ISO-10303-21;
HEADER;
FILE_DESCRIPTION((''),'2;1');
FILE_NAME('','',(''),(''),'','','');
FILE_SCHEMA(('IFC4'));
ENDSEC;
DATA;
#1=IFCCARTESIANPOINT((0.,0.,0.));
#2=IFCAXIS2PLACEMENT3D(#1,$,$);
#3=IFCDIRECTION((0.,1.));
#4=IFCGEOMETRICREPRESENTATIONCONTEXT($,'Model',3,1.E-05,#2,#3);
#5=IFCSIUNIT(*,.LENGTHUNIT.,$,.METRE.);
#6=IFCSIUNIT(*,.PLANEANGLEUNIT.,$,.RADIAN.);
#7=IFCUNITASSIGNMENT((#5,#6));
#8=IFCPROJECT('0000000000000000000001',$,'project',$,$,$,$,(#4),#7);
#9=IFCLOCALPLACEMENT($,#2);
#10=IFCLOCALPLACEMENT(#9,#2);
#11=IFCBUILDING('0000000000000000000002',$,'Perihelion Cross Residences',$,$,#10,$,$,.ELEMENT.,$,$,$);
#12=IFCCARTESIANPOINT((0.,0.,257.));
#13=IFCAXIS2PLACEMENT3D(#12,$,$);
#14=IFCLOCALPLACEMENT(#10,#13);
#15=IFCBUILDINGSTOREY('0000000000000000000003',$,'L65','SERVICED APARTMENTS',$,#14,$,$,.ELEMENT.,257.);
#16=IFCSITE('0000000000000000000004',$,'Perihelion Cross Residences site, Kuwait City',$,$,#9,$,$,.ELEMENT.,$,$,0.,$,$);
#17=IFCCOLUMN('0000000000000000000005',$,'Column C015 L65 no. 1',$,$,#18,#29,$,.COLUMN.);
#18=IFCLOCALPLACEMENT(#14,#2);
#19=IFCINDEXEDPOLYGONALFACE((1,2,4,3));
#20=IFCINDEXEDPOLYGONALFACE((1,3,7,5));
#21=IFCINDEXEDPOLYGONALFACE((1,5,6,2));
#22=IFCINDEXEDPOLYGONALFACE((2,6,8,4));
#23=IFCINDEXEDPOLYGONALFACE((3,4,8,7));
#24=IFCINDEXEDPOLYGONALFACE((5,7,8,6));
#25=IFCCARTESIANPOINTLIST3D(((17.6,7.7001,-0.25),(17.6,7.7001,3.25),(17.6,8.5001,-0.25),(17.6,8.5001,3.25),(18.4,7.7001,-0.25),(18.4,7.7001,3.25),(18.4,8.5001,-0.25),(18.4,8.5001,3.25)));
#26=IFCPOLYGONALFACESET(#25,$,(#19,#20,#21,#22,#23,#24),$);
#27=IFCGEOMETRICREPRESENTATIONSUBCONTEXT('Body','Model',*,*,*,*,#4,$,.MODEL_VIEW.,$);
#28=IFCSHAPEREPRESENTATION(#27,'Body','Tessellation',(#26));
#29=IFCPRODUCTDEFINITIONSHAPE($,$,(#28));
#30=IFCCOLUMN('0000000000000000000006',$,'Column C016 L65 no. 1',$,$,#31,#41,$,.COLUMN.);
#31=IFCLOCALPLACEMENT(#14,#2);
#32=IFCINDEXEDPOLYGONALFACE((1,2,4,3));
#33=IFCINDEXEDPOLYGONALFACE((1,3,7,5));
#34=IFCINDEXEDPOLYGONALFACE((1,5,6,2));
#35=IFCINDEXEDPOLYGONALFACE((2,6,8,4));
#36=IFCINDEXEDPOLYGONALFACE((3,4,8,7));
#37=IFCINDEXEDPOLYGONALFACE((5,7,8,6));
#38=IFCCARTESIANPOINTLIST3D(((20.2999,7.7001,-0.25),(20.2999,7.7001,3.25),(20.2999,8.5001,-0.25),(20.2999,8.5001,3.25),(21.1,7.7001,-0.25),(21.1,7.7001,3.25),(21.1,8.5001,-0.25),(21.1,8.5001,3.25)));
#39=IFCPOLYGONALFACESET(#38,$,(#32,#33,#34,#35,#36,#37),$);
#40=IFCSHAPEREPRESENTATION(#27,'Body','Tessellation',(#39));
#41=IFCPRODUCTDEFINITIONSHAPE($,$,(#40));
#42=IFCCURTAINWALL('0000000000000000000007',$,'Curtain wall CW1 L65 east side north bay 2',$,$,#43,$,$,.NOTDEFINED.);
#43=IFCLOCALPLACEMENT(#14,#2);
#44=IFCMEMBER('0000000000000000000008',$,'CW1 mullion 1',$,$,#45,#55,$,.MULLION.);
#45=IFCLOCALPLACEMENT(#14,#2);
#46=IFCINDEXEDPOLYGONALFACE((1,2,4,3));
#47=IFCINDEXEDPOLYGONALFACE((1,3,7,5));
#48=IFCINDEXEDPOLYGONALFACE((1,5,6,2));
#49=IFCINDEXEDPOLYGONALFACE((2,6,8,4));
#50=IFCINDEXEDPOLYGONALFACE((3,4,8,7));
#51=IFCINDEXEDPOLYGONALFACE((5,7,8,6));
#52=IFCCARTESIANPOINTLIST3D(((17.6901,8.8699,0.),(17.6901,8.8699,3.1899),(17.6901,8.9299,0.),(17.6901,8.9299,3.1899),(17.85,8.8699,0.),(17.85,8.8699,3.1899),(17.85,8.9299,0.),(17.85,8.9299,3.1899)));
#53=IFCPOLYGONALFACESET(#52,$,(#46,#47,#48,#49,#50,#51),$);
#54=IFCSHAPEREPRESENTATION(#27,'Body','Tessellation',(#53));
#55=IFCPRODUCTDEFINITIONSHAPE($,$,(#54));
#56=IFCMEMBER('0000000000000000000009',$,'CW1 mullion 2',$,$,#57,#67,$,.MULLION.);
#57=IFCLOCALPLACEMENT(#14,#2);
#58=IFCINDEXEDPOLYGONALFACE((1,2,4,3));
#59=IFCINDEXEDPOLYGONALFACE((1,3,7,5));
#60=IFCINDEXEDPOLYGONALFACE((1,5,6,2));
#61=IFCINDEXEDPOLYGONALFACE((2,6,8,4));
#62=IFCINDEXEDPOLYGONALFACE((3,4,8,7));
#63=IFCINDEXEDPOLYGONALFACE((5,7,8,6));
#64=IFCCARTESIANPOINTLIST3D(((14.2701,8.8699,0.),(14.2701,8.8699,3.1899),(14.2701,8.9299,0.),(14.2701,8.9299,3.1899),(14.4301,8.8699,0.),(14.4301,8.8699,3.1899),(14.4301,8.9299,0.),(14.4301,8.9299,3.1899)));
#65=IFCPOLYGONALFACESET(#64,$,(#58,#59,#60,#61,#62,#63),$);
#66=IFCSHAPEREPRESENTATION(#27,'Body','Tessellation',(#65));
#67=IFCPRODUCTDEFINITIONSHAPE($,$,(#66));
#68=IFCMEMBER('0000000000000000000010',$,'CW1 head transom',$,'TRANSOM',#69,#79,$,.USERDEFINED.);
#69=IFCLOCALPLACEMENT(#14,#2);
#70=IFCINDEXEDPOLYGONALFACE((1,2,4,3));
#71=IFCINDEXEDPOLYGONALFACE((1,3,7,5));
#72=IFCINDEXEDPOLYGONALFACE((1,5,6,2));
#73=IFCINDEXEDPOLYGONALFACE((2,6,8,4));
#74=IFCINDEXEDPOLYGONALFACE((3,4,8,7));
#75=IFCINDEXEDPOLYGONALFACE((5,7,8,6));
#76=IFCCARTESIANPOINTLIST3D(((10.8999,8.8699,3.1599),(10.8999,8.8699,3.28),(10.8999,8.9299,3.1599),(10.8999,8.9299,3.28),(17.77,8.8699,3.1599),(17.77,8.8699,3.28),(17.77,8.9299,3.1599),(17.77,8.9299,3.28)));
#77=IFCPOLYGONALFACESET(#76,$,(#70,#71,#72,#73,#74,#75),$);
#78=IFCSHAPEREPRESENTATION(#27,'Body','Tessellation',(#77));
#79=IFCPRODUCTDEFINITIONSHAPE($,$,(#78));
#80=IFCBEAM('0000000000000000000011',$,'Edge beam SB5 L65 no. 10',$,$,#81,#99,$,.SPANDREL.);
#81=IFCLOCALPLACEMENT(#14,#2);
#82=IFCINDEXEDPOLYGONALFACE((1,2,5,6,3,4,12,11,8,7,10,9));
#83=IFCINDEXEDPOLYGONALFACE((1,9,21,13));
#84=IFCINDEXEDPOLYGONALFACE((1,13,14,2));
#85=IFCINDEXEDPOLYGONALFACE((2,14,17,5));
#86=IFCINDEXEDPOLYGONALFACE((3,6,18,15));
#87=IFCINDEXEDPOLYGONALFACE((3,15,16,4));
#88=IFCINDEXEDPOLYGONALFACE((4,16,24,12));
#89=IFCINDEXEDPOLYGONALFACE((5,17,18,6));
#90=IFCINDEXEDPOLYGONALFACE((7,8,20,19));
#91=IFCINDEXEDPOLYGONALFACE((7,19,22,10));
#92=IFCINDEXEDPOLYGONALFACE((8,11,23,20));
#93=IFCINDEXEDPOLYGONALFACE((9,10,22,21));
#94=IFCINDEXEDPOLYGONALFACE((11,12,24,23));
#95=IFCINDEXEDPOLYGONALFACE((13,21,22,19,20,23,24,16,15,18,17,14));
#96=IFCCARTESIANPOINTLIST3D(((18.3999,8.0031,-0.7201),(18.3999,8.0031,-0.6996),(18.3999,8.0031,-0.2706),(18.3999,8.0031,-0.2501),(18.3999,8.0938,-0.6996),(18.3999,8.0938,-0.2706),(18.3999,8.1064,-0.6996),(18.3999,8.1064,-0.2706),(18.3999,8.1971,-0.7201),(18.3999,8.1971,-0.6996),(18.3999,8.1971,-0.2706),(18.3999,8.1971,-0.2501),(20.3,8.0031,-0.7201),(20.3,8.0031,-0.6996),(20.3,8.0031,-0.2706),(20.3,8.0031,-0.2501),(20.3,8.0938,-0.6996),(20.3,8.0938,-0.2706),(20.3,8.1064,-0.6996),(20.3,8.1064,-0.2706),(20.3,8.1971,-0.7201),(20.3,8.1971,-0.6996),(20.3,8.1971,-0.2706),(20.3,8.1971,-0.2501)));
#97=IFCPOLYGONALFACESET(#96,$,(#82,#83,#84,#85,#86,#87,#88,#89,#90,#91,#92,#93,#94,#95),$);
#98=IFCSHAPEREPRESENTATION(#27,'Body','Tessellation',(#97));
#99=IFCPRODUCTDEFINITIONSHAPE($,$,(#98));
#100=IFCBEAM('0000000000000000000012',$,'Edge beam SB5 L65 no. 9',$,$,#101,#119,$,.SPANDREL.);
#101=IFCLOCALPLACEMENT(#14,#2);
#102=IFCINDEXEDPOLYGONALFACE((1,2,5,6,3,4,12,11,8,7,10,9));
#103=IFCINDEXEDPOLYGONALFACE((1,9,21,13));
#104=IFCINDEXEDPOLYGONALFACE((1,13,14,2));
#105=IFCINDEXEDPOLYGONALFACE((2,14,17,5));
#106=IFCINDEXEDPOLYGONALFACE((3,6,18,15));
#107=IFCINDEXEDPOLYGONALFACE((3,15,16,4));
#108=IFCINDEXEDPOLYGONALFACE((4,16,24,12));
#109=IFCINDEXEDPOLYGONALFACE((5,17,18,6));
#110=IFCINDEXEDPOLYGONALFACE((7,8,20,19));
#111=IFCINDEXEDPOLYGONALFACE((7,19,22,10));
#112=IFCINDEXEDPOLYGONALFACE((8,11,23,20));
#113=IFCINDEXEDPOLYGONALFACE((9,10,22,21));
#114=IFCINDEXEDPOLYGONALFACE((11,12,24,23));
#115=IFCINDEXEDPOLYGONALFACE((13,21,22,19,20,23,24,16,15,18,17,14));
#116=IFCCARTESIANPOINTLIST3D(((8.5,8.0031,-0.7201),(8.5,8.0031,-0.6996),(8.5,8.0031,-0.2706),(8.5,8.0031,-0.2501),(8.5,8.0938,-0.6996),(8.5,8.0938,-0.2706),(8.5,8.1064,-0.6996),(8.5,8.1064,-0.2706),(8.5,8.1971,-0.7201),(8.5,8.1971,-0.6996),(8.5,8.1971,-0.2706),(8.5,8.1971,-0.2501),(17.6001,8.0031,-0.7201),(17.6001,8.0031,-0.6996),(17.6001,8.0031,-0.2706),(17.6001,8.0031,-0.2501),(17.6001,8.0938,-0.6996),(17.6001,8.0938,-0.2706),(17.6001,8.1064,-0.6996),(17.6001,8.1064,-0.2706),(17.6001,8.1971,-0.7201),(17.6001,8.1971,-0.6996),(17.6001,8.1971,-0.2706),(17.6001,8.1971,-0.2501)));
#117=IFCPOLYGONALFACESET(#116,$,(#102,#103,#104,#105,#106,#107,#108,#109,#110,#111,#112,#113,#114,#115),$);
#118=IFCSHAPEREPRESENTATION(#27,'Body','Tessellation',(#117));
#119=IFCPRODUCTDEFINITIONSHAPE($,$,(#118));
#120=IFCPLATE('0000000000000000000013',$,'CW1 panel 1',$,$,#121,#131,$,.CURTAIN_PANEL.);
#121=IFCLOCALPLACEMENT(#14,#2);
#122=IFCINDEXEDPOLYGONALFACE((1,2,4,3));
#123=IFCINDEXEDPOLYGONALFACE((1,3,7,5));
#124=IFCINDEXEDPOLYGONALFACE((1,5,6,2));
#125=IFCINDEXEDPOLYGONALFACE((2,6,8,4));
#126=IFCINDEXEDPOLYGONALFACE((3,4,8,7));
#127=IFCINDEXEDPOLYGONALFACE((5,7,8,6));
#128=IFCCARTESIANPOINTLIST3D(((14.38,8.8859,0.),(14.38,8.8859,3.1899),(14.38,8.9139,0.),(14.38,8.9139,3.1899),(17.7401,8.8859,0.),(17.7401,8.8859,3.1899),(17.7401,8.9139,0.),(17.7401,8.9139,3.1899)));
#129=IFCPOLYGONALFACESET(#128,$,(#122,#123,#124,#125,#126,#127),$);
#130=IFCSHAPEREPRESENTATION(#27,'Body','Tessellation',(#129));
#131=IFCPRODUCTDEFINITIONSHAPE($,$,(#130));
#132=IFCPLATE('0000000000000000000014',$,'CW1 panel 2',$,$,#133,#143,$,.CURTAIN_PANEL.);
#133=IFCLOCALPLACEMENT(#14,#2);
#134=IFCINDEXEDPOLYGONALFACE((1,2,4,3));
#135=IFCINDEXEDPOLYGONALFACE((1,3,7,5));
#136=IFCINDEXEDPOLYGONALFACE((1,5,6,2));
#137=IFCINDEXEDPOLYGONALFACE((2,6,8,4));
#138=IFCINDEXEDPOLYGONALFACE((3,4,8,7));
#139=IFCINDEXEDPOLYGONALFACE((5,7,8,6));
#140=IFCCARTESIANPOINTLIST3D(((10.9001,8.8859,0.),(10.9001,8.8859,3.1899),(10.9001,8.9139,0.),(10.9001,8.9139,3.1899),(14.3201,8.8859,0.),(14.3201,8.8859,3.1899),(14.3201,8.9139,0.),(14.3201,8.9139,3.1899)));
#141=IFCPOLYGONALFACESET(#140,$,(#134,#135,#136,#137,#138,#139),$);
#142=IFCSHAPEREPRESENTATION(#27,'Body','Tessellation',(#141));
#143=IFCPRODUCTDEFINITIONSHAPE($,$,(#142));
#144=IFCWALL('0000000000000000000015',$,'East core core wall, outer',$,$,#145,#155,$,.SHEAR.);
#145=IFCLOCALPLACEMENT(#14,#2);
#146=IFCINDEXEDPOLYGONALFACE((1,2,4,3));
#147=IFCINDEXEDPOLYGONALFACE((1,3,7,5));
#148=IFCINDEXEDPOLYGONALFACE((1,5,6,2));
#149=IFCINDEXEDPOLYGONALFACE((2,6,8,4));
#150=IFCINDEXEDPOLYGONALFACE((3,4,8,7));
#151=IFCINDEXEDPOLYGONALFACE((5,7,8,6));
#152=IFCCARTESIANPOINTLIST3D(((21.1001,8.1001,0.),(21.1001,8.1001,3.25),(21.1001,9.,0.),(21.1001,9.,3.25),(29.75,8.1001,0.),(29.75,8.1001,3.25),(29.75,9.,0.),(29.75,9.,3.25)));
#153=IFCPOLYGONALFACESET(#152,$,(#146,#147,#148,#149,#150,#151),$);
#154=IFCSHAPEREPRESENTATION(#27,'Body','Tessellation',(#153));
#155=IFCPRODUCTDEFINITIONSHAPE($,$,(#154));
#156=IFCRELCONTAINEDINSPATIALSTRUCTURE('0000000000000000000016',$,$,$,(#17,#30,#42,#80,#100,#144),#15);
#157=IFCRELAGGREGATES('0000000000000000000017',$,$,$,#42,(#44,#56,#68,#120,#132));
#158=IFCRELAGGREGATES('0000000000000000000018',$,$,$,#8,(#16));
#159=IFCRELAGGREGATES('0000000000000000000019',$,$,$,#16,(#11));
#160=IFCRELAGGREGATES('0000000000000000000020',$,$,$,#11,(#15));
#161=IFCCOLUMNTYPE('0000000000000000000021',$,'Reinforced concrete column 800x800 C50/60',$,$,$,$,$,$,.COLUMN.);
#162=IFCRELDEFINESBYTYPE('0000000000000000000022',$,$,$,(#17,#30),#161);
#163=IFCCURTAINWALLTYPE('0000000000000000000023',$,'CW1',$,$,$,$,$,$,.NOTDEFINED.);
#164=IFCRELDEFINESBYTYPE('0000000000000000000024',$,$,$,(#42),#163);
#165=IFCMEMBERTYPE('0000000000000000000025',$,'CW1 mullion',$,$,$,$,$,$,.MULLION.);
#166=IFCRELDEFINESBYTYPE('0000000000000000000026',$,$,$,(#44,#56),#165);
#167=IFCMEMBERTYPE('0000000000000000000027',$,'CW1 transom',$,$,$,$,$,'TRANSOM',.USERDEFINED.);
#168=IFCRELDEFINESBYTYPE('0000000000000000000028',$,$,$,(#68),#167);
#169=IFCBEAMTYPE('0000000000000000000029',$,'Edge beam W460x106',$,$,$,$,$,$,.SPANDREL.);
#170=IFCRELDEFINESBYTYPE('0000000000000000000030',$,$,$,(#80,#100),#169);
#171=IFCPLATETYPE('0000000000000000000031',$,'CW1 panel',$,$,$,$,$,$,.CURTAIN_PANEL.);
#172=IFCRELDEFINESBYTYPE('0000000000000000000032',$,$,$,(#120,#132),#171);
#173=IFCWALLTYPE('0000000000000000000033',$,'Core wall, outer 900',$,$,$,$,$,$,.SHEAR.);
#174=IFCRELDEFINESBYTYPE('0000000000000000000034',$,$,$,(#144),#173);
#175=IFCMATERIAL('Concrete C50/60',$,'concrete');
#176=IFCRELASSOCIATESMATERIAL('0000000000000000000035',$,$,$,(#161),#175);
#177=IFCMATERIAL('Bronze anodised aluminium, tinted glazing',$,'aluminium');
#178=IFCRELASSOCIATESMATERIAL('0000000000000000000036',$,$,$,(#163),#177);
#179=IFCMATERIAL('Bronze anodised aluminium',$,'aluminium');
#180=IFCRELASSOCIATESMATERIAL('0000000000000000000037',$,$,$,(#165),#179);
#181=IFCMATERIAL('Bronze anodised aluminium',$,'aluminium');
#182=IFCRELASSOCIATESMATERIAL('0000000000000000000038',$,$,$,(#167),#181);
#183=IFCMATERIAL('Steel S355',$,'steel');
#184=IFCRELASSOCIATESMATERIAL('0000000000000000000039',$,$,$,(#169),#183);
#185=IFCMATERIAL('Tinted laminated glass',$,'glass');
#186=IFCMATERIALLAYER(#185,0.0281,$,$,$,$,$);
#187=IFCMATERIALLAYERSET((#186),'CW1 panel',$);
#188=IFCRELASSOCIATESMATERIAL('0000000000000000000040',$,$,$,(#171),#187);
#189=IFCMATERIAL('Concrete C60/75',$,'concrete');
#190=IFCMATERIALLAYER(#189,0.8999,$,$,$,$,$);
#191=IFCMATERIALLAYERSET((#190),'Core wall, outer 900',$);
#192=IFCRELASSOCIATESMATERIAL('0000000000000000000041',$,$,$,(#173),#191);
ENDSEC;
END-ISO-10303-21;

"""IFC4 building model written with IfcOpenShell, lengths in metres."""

from ifc_helpers import new_model, si_unit, direction, frame, frame_2d, origin, origin_2d, place, context, subcontext, project, spatial, rectangle, i_section, extrude, material, layer, layer_set, material_profile, profile_set, type_object, element, aggregate, save


model = new_model("IFC4")

# Units and contexts
model_context = context("Model", 3, precision=1e-05, world=origin(), true_north=direction((0.0, 1.0)))
body_context = subcontext(model_context, "Body", "Model", "MODEL_VIEW")
ifc_project = project(units=[si_unit("LENGTHUNIT", "METRE"), si_unit("PLANEANGLEUNIT", "RADIAN")], contexts=[model_context])

# Site, building, storey
site_placement = place(None, origin())
site = spatial("IfcSite", under=ifc_project, at=site_placement, Name="Perihelion Cross Residences site, Kuwait City", CompositionType="ELEMENT", RefElevation=0.0)
building_placement = place(site_placement, origin())
building = spatial("IfcBuilding", under=site, at=building_placement, Name="Perihelion Cross Residences", CompositionType="ELEMENT")
storey_placement = place(building_placement, frame((0.0, 0.0, 257.0)))
storey = spatial("IfcBuildingStorey", under=building, at=storey_placement, Name="L65", Description="SERVICED APARTMENTS", CompositionType="ELEMENT", Elevation=257.0)

# Columns
ifc_material_1 = material(Name="Concrete C50/60", Category="concrete")
ifc_material_profile_1 = material_profile(ifc_material_1, rectangle(XDim=0.8, YDim=0.8, at=origin_2d()), Name="RC 800x800")
ifc_profile_set_1 = profile_set([ifc_material_profile_1], Name="Concrete C50/60")
column_type = type_object("IfcColumnType", Name="Reinforced concrete column 800x800 C50/60", PredefinedType="COLUMN", material=ifc_profile_set_1)
for number, where, z_axis, x_axis, name in (
    (1, (18.0, 8.1001, -0.25), (0.0, 0.0, 1.0), (1.0, 0.0, 0.0), "Column C015 L65 no. 1"),
    (2, (20.7, 8.1001, -0.25), (0.0, 0.0, 1.0), (1.0, 0.0, 0.0), "Column C016 L65 no. 1"),
):
    element("IfcColumn", number, at=place(storey_placement, frame(where, z_axis=z_axis, x_axis=x_axis)), inside=storey, type_object=column_type, Name=name, PredefinedType="COLUMN", context=body_context, shape_type="SweptSolid", body=[
        extrude(rectangle(XDim=0.8, YDim=0.8, at=origin_2d()), origin(), (0.0, 0.0, 1.0), 3.5),
    ])

# Curtain wall, members
ifc_material_2 = material(Name="Bronze anodised aluminium, tinted glazing", Category="aluminium")
curtain_wall_type = type_object("IfcCurtainWallType", Name="CW1", PredefinedType="NOTDEFINED", material=ifc_material_2)
curtain_wall_placement = place(storey_placement, origin())
curtain_wall = element("IfcCurtainWall", 3, at=curtain_wall_placement, inside=storey, type_object=curtain_wall_type, Name="Curtain wall CW1 L65 east side north bay 2", PredefinedType="NOTDEFINED")
ifc_material_3 = material(Name="Bronze anodised aluminium", Category="aluminium")
ifc_material_profile_2 = material_profile(ifc_material_3, rectangle(XDim=0.0601, YDim=0.1599, at=origin_2d()), Name="CW1 mullion")
ifc_profile_set_2 = profile_set([ifc_material_profile_2], Name="Bronze anodised aluminium")
member_type_1 = type_object("IfcMemberType", Name="CW1 mullion", PredefinedType="MULLION", material=ifc_profile_set_2)
member_1_placement = place(storey_placement, frame((17.77, 8.8999, 0.0), z_axis=(0.0, 0.0, 1.0), x_axis=(0.0, -1.0, 0.0)))
member_1 = element("IfcMember", 4, at=member_1_placement, type_object=member_type_1, Name="CW1 mullion 1", PredefinedType="MULLION", context=body_context, shape_type="SweptSolid", body=[
    extrude(rectangle(XDim=0.0601, YDim=0.1599, at=origin_2d()), origin(), (0.0, 0.0, 1.0), 3.1899),
])
member_2_placement = place(storey_placement, frame((14.3501, 8.8999, 0.0), z_axis=(0.0, 0.0, 1.0), x_axis=(0.0, -1.0, 0.0)))
member_2 = element("IfcMember", 5, at=member_2_placement, type_object=member_type_1, Name="CW1 mullion 2", PredefinedType="MULLION", context=body_context, shape_type="SweptSolid", body=[
    extrude(rectangle(XDim=0.0601, YDim=0.1599, at=origin_2d()), origin(), (0.0, 0.0, 1.0), 3.1899),
])
ifc_material_4 = material(Name="Bronze anodised aluminium", Category="aluminium")
ifc_material_profile_3 = material_profile(ifc_material_4, rectangle(XDim=0.0601, YDim=0.1201, at=origin_2d()), Name="CW1 transom")
ifc_profile_set_3 = profile_set([ifc_material_profile_3], Name="Bronze anodised aluminium")
member_type_2 = type_object("IfcMemberType", Name="CW1 transom", ElementType="TRANSOM", PredefinedType="USERDEFINED", material=ifc_profile_set_3)
member_3_placement = place(storey_placement, frame((17.77, 8.8999, 3.22), z_axis=(-1.0, 0.0, 0.0), x_axis=(0.0, -1.0, 0.0)))
member_3 = element("IfcMember", 6, at=member_3_placement, type_object=member_type_2, Name="CW1 head transom", ObjectType="TRANSOM", PredefinedType="USERDEFINED", context=body_context, shape_type="SweptSolid", body=[
    extrude(rectangle(XDim=0.0601, YDim=0.1201, at=origin_2d()), origin(), (0.0, 0.0, 1.0), 6.8701),
])

# Beams
ifc_material_5 = material(Name="Steel S355", Category="steel")
ifc_material_profile_4 = material_profile(ifc_material_5, i_section(OverallWidth=0.1941, OverallDepth=0.47, WebThickness=0.0127, FlangeThickness=0.0205, at=origin_2d()), Name="W460x106")
ifc_profile_set_4 = profile_set([ifc_material_profile_4], Name="Steel S355")
beam_type = type_object("IfcBeamType", Name="Edge beam W460x106", PredefinedType="SPANDREL", material=ifc_profile_set_4)
beam_1_placement = place(storey_placement, frame((20.3, 8.1001, -0.4851), z_axis=(-1.0, 0.0, 0.0), x_axis=(0.0, -1.0, 0.0)))
element("IfcBeam", 7, at=beam_1_placement, inside=storey, type_object=beam_type, Name="Edge beam SB5 L65 no. 10", PredefinedType="SPANDREL", context=body_context, shape_type="SweptSolid", body=[
    extrude(i_section(OverallWidth=0.1941, OverallDepth=0.47, WebThickness=0.0127, FlangeThickness=0.0205, at=origin_2d()), origin(), (0.0, 0.0, 1.0), 1.9001),
])
beam_2_placement = place(storey_placement, frame((17.6001, 8.1001, -0.4851), z_axis=(-1.0, 0.0, 0.0), x_axis=(0.0, -1.0, 0.0)))
element("IfcBeam", 8, at=beam_2_placement, inside=storey, type_object=beam_type, Name="Edge beam SB5 L65 no. 9", PredefinedType="SPANDREL", context=body_context, shape_type="SweptSolid", body=[
    extrude(i_section(OverallWidth=0.1941, OverallDepth=0.47, WebThickness=0.0127, FlangeThickness=0.0205, at=origin_2d()), origin(), (0.0, 0.0, 1.0), 9.1001),
])

# Plates
ifc_material_6 = material(Name="Tinted laminated glass", Category="glass")
ifc_layer_1 = layer(ifc_material_6, 0.0281)
ifc_layer_set_1 = layer_set([ifc_layer_1], Name="CW1 panel")
plate_type = type_object("IfcPlateType", Name="CW1 panel", PredefinedType="CURTAIN_PANEL", material=ifc_layer_set_1)
plate_1_placement = place(storey_placement, frame((16.0601, 8.8999, 0.0), z_axis=(0.0, 0.0, 1.0), x_axis=(-1.0, 0.0, 0.0)))
plate_1 = element("IfcPlate", 9, at=plate_1_placement, type_object=plate_type, Name="CW1 panel 1", PredefinedType="CURTAIN_PANEL", context=body_context, shape_type="SweptSolid", body=[
    extrude(rectangle(XDim=3.3601, YDim=0.0281, at=origin_2d()), origin(), (0.0, 0.0, 1.0), 3.1899),
])
plate_2_placement = place(storey_placement, frame((12.6101, 8.8999, 0.0), z_axis=(0.0, 0.0, 1.0), x_axis=(-1.0, 0.0, 0.0)))
plate_2 = element("IfcPlate", 10, at=plate_2_placement, type_object=plate_type, Name="CW1 panel 2", PredefinedType="CURTAIN_PANEL", context=body_context, shape_type="SweptSolid", body=[
    extrude(rectangle(XDim=3.4199, YDim=0.0281, at=origin_2d()), origin(), (0.0, 0.0, 1.0), 3.1899),
])
aggregate(curtain_wall, [member_1, member_2, member_3, plate_1, plate_2])

# Wall
ifc_material_7 = material(Name="Concrete C60/75", Category="concrete")
ifc_layer_2 = layer(ifc_material_7, 0.8999)
ifc_layer_set_2 = layer_set([ifc_layer_2], Name="Core wall, outer 900")
wall_type_1 = type_object("IfcWallType", Name="Core wall, outer 900", PredefinedType="SHEAR", material=ifc_layer_set_2)
wall_1_placement = place(storey_placement, frame((21.1001, 8.55, 0.0), z_axis=(0.0, 0.0, 1.0), x_axis=(1.0, 0.0, 0.0)))
element("IfcWall", 11, at=wall_1_placement, inside=storey, type_object=wall_type_1, Name="East core core wall, outer", PredefinedType="SHEAR", context=body_context, shape_type="SweptSolid", body=[
    extrude(rectangle(XDim=8.6499, YDim=0.8999, at=frame_2d((4.325, 0.0))), origin(), (0.0, 0.0, 1.0), 3.25),
])

save(model, "model.ifc")
